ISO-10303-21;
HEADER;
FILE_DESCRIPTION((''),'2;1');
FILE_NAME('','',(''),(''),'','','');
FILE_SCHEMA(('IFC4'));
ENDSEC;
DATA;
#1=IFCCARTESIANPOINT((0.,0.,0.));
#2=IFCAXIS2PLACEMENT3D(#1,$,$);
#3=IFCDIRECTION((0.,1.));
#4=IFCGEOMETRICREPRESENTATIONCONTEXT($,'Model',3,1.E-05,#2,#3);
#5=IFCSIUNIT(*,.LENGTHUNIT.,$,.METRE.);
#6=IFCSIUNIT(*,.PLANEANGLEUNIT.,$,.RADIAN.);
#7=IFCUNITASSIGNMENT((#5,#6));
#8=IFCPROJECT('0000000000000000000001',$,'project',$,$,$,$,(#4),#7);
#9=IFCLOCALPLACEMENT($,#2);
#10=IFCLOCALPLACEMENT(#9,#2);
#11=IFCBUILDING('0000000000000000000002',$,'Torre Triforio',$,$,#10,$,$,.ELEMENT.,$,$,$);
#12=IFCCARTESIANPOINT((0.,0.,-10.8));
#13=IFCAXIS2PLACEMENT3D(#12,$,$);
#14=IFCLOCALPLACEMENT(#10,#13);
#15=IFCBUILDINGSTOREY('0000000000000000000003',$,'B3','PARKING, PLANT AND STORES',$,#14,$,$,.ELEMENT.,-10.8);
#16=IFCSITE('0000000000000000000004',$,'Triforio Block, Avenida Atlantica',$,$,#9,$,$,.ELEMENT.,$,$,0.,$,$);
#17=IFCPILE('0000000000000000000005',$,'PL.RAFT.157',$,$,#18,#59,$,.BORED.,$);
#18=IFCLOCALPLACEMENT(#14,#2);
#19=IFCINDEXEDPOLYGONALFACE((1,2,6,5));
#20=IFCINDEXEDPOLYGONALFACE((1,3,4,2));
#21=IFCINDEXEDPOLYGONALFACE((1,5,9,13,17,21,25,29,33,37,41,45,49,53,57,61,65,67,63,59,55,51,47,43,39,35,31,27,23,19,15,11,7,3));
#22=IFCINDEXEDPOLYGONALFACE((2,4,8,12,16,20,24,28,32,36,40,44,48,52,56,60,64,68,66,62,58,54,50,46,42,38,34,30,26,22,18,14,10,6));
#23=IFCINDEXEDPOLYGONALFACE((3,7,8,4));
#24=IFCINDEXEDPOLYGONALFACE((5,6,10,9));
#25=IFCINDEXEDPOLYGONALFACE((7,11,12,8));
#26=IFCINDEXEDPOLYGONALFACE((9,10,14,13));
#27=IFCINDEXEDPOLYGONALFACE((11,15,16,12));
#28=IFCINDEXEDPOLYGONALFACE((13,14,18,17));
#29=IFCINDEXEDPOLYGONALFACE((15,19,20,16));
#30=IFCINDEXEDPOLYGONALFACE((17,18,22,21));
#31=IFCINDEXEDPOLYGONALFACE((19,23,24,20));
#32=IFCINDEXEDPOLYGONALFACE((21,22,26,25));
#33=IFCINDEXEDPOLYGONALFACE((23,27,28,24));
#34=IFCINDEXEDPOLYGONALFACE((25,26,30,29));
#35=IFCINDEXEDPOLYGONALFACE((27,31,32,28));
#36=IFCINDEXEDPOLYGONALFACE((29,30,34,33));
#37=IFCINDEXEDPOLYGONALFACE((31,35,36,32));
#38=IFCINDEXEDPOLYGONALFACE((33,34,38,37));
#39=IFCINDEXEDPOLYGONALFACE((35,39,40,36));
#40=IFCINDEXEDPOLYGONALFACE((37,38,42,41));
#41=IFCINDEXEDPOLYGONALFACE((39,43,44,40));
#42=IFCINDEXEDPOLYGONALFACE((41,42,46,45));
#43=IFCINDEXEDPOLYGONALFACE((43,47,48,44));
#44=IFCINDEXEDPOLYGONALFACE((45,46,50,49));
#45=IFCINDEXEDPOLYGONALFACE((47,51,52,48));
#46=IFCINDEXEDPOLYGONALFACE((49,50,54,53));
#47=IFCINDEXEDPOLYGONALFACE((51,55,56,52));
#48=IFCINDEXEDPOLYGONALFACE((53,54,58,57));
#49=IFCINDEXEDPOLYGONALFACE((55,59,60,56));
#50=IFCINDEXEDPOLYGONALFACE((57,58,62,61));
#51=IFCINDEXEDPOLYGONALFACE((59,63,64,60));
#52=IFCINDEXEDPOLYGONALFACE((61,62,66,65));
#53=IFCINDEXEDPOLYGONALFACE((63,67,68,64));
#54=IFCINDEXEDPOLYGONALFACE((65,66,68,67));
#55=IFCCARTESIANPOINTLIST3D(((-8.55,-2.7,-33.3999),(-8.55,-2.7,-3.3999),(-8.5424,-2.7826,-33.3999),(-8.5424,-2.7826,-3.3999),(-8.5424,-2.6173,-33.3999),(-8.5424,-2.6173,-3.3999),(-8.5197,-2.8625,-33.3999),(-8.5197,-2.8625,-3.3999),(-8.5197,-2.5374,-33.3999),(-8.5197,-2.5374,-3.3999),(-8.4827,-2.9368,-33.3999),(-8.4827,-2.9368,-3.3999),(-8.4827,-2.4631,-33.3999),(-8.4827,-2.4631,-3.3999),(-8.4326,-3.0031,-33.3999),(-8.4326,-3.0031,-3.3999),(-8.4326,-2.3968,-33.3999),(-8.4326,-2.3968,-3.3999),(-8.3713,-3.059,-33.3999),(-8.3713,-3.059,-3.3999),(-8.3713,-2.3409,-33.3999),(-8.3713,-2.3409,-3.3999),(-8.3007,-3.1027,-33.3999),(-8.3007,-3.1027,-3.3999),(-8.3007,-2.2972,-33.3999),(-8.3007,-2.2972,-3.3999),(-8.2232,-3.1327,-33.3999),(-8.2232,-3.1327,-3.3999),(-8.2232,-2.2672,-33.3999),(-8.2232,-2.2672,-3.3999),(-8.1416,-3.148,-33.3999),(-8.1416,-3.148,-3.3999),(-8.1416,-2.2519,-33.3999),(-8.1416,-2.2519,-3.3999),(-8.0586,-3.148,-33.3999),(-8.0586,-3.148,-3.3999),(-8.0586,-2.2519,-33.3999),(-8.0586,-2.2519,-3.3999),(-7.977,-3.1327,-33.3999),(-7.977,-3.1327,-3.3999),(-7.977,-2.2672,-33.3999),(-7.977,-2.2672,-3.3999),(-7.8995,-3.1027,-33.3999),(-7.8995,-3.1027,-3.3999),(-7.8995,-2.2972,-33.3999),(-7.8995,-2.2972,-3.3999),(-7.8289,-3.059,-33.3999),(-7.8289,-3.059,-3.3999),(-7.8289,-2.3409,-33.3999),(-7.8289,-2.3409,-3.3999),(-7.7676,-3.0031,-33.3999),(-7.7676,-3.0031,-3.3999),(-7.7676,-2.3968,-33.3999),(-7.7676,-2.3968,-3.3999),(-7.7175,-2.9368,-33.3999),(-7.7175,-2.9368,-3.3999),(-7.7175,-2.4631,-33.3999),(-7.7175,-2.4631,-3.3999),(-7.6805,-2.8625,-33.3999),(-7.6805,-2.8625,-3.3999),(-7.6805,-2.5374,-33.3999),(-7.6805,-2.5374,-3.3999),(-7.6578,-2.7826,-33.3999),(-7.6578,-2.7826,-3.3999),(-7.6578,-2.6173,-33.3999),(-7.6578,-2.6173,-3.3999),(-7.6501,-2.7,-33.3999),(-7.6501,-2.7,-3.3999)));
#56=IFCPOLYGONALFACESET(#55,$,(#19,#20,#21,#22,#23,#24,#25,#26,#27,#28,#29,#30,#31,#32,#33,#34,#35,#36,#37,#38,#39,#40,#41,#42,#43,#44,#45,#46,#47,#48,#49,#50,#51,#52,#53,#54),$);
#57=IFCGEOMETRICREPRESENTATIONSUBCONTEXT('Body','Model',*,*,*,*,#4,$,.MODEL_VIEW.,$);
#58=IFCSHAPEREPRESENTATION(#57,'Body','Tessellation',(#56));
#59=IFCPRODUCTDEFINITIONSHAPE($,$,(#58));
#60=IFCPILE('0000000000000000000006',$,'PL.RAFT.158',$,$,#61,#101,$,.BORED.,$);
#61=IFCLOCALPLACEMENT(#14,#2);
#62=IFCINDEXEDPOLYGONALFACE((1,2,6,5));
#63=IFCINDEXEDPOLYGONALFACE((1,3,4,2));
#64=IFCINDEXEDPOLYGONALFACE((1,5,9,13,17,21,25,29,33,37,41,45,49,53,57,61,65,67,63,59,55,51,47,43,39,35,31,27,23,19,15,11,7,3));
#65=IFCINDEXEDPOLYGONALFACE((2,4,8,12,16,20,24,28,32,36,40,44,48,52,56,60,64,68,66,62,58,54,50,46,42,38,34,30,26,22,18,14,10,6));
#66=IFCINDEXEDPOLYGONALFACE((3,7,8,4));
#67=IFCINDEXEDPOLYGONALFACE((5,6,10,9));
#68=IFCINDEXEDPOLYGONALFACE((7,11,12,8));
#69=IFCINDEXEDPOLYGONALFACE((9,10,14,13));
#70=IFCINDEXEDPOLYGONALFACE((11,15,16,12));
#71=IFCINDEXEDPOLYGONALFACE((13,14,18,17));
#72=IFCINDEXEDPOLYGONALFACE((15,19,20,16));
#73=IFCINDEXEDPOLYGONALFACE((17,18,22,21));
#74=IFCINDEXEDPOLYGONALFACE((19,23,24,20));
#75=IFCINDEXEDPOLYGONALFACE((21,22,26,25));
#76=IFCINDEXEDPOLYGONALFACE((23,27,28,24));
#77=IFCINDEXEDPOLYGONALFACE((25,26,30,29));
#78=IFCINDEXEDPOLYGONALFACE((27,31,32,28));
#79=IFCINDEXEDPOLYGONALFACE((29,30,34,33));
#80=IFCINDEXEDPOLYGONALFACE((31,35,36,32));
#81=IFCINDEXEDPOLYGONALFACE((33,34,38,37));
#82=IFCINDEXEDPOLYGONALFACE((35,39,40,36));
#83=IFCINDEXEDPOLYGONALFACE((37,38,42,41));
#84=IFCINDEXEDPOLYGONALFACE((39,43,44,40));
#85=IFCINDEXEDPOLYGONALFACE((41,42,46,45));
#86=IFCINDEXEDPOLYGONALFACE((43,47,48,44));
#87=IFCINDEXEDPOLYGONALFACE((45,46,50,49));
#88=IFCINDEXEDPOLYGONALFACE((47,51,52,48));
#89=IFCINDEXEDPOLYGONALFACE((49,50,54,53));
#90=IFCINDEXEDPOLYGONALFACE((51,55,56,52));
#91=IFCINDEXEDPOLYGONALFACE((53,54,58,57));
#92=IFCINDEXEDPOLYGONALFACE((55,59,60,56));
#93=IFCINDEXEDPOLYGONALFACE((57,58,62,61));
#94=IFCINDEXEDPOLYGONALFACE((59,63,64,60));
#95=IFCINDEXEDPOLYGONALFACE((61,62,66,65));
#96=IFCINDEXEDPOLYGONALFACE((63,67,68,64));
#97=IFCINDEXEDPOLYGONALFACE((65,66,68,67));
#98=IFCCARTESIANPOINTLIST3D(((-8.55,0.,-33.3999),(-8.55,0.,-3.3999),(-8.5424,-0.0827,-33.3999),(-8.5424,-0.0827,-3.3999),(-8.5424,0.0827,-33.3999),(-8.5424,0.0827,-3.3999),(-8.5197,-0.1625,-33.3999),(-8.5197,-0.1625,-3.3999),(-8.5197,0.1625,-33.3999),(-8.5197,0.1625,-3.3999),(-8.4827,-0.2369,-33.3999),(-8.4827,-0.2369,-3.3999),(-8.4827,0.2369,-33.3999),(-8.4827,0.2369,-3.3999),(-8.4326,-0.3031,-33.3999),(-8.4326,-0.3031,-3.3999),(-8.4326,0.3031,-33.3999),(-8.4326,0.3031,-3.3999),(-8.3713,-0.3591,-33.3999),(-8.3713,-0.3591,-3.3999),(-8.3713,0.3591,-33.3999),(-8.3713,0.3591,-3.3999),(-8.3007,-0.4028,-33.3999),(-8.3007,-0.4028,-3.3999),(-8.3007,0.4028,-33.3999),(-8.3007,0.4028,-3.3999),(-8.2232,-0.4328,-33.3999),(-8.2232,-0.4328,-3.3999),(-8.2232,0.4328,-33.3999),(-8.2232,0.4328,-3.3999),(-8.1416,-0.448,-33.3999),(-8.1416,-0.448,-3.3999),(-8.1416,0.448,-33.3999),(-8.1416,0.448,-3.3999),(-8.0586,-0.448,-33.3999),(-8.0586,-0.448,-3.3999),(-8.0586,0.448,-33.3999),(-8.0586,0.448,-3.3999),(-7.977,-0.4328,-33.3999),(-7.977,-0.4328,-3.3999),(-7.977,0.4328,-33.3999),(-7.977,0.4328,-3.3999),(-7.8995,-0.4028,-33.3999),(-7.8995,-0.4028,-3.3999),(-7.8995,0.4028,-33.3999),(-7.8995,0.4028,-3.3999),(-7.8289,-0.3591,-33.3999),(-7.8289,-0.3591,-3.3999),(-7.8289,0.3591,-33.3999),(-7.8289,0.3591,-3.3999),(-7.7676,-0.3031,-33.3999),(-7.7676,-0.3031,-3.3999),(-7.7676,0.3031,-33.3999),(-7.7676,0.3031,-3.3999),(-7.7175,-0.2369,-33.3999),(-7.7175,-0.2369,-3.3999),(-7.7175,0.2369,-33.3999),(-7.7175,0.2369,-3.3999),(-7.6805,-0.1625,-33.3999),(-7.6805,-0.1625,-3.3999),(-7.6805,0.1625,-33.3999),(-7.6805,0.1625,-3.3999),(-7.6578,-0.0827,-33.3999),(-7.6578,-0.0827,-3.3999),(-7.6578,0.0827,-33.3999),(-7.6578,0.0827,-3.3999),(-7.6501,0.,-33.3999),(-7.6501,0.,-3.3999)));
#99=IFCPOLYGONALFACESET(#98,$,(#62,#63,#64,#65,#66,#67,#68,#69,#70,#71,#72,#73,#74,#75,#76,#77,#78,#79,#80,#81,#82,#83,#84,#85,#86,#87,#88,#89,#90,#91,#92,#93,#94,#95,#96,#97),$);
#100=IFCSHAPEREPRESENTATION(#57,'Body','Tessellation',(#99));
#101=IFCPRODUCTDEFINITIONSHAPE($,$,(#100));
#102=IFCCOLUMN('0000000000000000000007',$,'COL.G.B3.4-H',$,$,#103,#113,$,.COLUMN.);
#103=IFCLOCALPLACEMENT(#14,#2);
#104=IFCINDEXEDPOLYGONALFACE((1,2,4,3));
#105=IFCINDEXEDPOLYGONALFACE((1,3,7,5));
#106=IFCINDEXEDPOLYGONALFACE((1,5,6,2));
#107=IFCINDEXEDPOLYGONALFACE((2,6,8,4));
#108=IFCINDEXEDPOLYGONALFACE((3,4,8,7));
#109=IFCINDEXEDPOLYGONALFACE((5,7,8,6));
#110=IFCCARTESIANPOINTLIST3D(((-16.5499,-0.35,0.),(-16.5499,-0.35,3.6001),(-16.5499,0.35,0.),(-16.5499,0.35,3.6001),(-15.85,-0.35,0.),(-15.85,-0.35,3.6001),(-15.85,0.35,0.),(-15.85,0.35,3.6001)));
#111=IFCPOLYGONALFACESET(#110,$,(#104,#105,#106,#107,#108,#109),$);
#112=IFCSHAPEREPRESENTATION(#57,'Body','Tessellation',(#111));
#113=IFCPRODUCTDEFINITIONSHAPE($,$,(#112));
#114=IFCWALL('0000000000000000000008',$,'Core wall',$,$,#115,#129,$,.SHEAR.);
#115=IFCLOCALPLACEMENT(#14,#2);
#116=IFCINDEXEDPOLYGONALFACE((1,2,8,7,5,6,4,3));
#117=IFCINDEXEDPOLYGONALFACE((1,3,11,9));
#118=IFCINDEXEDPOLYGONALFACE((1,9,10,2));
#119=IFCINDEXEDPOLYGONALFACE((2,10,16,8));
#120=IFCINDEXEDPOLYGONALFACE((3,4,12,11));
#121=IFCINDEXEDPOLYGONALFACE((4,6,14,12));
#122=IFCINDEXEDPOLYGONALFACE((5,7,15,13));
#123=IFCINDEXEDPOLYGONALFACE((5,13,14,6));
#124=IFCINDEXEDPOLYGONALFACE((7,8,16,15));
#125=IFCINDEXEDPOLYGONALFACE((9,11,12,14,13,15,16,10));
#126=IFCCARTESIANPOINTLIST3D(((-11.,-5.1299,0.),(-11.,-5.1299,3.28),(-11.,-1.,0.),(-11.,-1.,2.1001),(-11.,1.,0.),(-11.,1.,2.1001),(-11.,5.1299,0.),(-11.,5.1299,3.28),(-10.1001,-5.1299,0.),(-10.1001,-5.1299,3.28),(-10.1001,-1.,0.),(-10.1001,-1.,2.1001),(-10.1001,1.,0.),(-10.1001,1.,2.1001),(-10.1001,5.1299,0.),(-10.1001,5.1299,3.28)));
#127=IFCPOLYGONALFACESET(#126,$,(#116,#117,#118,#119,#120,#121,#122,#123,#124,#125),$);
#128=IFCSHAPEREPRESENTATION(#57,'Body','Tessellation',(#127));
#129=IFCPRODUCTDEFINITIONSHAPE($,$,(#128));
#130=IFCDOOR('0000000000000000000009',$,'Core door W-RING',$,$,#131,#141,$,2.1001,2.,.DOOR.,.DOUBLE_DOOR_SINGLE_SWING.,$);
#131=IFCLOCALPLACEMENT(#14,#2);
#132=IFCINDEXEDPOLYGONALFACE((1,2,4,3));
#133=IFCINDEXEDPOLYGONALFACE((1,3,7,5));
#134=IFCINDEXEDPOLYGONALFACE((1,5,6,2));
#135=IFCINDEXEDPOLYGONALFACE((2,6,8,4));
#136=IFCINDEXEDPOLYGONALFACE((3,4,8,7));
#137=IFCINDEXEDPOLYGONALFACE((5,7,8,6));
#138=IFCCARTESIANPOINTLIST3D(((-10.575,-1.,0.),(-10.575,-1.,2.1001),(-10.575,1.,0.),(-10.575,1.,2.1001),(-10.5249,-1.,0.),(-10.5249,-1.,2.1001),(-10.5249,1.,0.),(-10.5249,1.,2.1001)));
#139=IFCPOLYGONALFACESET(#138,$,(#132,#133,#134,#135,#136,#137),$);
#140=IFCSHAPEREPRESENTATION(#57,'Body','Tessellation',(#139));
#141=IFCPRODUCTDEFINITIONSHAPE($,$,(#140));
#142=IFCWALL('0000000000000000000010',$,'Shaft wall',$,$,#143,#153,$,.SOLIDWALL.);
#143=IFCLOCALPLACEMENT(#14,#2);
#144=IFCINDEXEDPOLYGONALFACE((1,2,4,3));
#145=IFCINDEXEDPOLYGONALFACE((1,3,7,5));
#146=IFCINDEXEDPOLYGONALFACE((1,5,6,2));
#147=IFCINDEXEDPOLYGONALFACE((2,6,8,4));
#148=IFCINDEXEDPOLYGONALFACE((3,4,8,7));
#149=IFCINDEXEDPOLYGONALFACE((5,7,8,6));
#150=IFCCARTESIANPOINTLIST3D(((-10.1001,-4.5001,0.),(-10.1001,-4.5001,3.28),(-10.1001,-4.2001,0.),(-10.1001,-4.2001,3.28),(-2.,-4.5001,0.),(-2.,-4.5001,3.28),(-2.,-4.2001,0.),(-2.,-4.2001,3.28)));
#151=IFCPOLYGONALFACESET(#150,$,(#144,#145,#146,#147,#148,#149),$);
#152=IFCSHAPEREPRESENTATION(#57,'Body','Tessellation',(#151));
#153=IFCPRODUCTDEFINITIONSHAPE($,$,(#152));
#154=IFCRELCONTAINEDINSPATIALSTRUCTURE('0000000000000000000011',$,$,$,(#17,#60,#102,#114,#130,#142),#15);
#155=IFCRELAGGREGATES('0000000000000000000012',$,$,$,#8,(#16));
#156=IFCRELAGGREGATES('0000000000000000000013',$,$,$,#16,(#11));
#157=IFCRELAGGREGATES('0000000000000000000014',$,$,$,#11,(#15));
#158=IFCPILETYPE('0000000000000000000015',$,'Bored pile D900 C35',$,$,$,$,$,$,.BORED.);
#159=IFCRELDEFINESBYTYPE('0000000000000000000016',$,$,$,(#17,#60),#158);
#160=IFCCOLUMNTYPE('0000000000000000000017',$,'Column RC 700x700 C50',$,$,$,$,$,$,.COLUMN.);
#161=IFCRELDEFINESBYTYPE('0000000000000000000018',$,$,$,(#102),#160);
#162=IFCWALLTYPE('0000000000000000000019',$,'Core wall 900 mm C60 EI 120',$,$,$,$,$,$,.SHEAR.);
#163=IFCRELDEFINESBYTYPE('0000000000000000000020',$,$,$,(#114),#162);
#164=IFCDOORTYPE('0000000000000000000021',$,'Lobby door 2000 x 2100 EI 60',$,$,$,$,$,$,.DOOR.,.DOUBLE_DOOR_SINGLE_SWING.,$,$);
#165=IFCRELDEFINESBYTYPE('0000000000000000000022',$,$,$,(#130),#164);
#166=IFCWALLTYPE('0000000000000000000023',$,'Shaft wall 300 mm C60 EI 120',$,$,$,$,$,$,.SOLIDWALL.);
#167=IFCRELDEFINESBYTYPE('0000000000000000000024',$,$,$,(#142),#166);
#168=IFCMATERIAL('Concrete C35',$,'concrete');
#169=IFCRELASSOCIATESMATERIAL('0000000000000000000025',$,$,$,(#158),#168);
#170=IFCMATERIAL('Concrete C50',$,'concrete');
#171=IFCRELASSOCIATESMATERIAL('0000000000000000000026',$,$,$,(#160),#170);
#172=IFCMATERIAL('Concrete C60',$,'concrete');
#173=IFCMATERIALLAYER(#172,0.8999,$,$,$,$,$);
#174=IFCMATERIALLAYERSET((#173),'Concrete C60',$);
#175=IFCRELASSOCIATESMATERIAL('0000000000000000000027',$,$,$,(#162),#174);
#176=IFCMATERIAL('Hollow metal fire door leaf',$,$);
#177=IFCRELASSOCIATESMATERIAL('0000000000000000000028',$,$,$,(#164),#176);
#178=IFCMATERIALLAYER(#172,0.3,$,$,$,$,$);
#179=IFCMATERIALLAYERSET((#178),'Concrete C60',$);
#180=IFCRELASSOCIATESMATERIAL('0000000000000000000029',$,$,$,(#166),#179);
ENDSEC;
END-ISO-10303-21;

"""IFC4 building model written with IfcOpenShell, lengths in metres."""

from ifc_helpers import new_model, si_unit, direction, frame, frame_2d, origin, origin_2d, place, context, subcontext, project, spatial, rectangle, circle, extrude, material, layer, layer_set, material_profile, profile_set, type_object, element, fill, save


model = new_model("IFC4")

# Units and contexts
model_context = context("Model", 3, precision=1e-05, world=origin(), true_north=direction((0.0, 1.0)))
body_context = subcontext(model_context, "Body", "Model", "MODEL_VIEW")
ifc_project = project(units=[si_unit("LENGTHUNIT", "METRE"), si_unit("PLANEANGLEUNIT", "RADIAN")], contexts=[model_context])

# Site, building, storey
site_placement = place(None, origin())
site = spatial("IfcSite", under=ifc_project, at=site_placement, Name="Triforio Block, Avenida Atlantica", CompositionType="ELEMENT", RefElevation=0.0)
building_placement = place(site_placement, origin())
building = spatial("IfcBuilding", under=site, at=building_placement, Name="Torre Triforio", CompositionType="ELEMENT")
storey_placement = place(building_placement, frame((0.0, 0.0, -10.8)))
storey = spatial("IfcBuildingStorey", under=building, at=storey_placement, Name="B3", Description="PARKING, PLANT AND STORES", CompositionType="ELEMENT", Elevation=-10.8)

# Piles
ifc_material_1 = material(Name="Concrete C35", Category="concrete")
ifc_material_profile_1 = material_profile(ifc_material_1, circle(Radius=0.45, at=origin_2d()), Name="RC D900")
ifc_profile_set_1 = profile_set([ifc_material_profile_1], Name="Concrete C35")
pile_type = type_object("IfcPileType", Name="Bored pile D900 C35", PredefinedType="BORED", material=ifc_profile_set_1)
for number, where, z_axis, x_axis, name in (
    (1, (-8.1001, -2.7, -3.3999), (0.0, 0.0, -1.0), (1.0, 0.0, 0.0), "PL.RAFT.157"),
    (2, (-8.1001, 0.0, -3.3999), (0.0, 0.0, -1.0), (1.0, 0.0, 0.0), "PL.RAFT.158"),
):
    element("IfcPile", number, at=place(storey_placement, frame(where, z_axis=z_axis, x_axis=x_axis)), inside=storey, type_object=pile_type, Name=name, PredefinedType="BORED", context=body_context, shape_type="SweptSolid", body=[
        extrude(circle(Radius=0.45, at=origin_2d()), origin(), (0.0, 0.0, 1.0), 30.0),
    ])

# Column
ifc_material_2 = material(Name="Concrete C50", Category="concrete")
ifc_material_profile_2 = material_profile(ifc_material_2, rectangle(XDim=0.7, YDim=0.7, at=origin_2d()), Name="RC 700x700")
ifc_profile_set_2 = profile_set([ifc_material_profile_2], Name="Concrete C50")
column_type = type_object("IfcColumnType", Name="Column RC 700x700 C50", PredefinedType="COLUMN", material=ifc_profile_set_2)
column_placement = place(storey_placement, frame((-16.2, 0.0, 0.0), z_axis=(0.0, 0.0, 1.0), x_axis=(1.0, 0.0, 0.0)))
element("IfcColumn", 3, at=column_placement, inside=storey, type_object=column_type, Name="COL.G.B3.4-H", PredefinedType="COLUMN", context=body_context, shape_type="SweptSolid", body=[
    extrude(rectangle(XDim=0.7, YDim=0.7, at=origin_2d()), origin(), (0.0, 0.0, 1.0), 3.6001),
])

# Wall, opening, door
ifc_material_3 = material(Name="Concrete C60", Category="concrete")
ifc_layer_1 = layer(ifc_material_3, 0.8999)
ifc_layer_set_1 = layer_set([ifc_layer_1], Name="Concrete C60")
wall_type_1 = type_object("IfcWallType", Name="Core wall 900 mm C60 EI 120", PredefinedType="SHEAR", material=ifc_layer_set_1)
wall_1_placement = place(storey_placement, frame((-10.55, -5.1299, 0.0), z_axis=(0.0, 0.0, 1.0), x_axis=(0.0, 1.0, 0.0)))
wall_1 = element("IfcWall", 4, at=wall_1_placement, inside=storey, type_object=wall_type_1, Name="Core wall", PredefinedType="SHEAR", context=body_context, shape_type="SweptSolid", body=[
    extrude(rectangle(XDim=10.2598, YDim=0.8999, at=frame_2d((5.1299, 0.0))), origin(), (0.0, 0.0, 1.0), 3.28),
])
opening_1_placement = place(wall_1_placement, frame((4.1299, 0.0, 0.0)))
opening_1 = element("IfcOpeningElement", 5, at=opening_1_placement, cuts=wall_1, PredefinedType="OPENING", context=body_context, shape_type="SweptSolid", body=[
    extrude(rectangle(XDim=2.0, YDim=2.1001, at=frame_2d((1.0, 1.05))), frame((0.0, 0.46, 0.0), z_axis=(0.0, -1.0, 0.0), x_axis=(1.0, 0.0, 0.0)), (0.0, 0.0, 1.0), 0.9199),
])
ifc_material_4 = material(Name="Hollow metal fire door leaf")
door_type_1 = type_object("IfcDoorType", Name="Lobby door 2000 x 2100 EI 60", OperationType="DOUBLE_DOOR_SINGLE_SWING", PredefinedType="DOOR", material=ifc_material_4)
door_1_placement = place(opening_1_placement, origin())
door_1 = element("IfcDoor", 6, at=door_1_placement, inside=storey, type_object=door_type_1, Name="Core door W-RING", OperationType="DOUBLE_DOOR_SINGLE_SWING", OverallHeight=2.1001, OverallWidth=2.0, PredefinedType="DOOR", context=body_context, shape_type="SweptSolid", body=[
    extrude(rectangle(XDim=2.0, YDim=2.1001, at=frame_2d((1.0, 1.05))), frame((0.0, 0.0249, 0.0), z_axis=(0.0, -1.0, 0.0), x_axis=(1.0, 0.0, 0.0)), (0.0, 0.0, 1.0), 0.05),
])
fill(opening_1, door_1)

# Wall
ifc_layer_2 = layer(ifc_material_3, 0.3)
ifc_layer_set_2 = layer_set([ifc_layer_2], Name="Concrete C60")
wall_type_2 = type_object("IfcWallType", Name="Shaft wall 300 mm C60 EI 120", PredefinedType="SOLIDWALL", material=ifc_layer_set_2)
wall_2_placement = place(storey_placement, frame((-10.1001, -4.3501, 0.0), z_axis=(0.0, 0.0, 1.0), x_axis=(1.0, 0.0, 0.0)))
element("IfcWall", 7, at=wall_2_placement, inside=storey, type_object=wall_type_2, Name="Shaft wall", PredefinedType="SOLIDWALL", context=body_context, shape_type="SweptSolid", body=[
    extrude(rectangle(XDim=8.1001, YDim=0.3, at=frame_2d((4.05, 0.0))), origin(), (0.0, 0.0, 1.0), 3.28),
])

save(model, "model.ifc")
